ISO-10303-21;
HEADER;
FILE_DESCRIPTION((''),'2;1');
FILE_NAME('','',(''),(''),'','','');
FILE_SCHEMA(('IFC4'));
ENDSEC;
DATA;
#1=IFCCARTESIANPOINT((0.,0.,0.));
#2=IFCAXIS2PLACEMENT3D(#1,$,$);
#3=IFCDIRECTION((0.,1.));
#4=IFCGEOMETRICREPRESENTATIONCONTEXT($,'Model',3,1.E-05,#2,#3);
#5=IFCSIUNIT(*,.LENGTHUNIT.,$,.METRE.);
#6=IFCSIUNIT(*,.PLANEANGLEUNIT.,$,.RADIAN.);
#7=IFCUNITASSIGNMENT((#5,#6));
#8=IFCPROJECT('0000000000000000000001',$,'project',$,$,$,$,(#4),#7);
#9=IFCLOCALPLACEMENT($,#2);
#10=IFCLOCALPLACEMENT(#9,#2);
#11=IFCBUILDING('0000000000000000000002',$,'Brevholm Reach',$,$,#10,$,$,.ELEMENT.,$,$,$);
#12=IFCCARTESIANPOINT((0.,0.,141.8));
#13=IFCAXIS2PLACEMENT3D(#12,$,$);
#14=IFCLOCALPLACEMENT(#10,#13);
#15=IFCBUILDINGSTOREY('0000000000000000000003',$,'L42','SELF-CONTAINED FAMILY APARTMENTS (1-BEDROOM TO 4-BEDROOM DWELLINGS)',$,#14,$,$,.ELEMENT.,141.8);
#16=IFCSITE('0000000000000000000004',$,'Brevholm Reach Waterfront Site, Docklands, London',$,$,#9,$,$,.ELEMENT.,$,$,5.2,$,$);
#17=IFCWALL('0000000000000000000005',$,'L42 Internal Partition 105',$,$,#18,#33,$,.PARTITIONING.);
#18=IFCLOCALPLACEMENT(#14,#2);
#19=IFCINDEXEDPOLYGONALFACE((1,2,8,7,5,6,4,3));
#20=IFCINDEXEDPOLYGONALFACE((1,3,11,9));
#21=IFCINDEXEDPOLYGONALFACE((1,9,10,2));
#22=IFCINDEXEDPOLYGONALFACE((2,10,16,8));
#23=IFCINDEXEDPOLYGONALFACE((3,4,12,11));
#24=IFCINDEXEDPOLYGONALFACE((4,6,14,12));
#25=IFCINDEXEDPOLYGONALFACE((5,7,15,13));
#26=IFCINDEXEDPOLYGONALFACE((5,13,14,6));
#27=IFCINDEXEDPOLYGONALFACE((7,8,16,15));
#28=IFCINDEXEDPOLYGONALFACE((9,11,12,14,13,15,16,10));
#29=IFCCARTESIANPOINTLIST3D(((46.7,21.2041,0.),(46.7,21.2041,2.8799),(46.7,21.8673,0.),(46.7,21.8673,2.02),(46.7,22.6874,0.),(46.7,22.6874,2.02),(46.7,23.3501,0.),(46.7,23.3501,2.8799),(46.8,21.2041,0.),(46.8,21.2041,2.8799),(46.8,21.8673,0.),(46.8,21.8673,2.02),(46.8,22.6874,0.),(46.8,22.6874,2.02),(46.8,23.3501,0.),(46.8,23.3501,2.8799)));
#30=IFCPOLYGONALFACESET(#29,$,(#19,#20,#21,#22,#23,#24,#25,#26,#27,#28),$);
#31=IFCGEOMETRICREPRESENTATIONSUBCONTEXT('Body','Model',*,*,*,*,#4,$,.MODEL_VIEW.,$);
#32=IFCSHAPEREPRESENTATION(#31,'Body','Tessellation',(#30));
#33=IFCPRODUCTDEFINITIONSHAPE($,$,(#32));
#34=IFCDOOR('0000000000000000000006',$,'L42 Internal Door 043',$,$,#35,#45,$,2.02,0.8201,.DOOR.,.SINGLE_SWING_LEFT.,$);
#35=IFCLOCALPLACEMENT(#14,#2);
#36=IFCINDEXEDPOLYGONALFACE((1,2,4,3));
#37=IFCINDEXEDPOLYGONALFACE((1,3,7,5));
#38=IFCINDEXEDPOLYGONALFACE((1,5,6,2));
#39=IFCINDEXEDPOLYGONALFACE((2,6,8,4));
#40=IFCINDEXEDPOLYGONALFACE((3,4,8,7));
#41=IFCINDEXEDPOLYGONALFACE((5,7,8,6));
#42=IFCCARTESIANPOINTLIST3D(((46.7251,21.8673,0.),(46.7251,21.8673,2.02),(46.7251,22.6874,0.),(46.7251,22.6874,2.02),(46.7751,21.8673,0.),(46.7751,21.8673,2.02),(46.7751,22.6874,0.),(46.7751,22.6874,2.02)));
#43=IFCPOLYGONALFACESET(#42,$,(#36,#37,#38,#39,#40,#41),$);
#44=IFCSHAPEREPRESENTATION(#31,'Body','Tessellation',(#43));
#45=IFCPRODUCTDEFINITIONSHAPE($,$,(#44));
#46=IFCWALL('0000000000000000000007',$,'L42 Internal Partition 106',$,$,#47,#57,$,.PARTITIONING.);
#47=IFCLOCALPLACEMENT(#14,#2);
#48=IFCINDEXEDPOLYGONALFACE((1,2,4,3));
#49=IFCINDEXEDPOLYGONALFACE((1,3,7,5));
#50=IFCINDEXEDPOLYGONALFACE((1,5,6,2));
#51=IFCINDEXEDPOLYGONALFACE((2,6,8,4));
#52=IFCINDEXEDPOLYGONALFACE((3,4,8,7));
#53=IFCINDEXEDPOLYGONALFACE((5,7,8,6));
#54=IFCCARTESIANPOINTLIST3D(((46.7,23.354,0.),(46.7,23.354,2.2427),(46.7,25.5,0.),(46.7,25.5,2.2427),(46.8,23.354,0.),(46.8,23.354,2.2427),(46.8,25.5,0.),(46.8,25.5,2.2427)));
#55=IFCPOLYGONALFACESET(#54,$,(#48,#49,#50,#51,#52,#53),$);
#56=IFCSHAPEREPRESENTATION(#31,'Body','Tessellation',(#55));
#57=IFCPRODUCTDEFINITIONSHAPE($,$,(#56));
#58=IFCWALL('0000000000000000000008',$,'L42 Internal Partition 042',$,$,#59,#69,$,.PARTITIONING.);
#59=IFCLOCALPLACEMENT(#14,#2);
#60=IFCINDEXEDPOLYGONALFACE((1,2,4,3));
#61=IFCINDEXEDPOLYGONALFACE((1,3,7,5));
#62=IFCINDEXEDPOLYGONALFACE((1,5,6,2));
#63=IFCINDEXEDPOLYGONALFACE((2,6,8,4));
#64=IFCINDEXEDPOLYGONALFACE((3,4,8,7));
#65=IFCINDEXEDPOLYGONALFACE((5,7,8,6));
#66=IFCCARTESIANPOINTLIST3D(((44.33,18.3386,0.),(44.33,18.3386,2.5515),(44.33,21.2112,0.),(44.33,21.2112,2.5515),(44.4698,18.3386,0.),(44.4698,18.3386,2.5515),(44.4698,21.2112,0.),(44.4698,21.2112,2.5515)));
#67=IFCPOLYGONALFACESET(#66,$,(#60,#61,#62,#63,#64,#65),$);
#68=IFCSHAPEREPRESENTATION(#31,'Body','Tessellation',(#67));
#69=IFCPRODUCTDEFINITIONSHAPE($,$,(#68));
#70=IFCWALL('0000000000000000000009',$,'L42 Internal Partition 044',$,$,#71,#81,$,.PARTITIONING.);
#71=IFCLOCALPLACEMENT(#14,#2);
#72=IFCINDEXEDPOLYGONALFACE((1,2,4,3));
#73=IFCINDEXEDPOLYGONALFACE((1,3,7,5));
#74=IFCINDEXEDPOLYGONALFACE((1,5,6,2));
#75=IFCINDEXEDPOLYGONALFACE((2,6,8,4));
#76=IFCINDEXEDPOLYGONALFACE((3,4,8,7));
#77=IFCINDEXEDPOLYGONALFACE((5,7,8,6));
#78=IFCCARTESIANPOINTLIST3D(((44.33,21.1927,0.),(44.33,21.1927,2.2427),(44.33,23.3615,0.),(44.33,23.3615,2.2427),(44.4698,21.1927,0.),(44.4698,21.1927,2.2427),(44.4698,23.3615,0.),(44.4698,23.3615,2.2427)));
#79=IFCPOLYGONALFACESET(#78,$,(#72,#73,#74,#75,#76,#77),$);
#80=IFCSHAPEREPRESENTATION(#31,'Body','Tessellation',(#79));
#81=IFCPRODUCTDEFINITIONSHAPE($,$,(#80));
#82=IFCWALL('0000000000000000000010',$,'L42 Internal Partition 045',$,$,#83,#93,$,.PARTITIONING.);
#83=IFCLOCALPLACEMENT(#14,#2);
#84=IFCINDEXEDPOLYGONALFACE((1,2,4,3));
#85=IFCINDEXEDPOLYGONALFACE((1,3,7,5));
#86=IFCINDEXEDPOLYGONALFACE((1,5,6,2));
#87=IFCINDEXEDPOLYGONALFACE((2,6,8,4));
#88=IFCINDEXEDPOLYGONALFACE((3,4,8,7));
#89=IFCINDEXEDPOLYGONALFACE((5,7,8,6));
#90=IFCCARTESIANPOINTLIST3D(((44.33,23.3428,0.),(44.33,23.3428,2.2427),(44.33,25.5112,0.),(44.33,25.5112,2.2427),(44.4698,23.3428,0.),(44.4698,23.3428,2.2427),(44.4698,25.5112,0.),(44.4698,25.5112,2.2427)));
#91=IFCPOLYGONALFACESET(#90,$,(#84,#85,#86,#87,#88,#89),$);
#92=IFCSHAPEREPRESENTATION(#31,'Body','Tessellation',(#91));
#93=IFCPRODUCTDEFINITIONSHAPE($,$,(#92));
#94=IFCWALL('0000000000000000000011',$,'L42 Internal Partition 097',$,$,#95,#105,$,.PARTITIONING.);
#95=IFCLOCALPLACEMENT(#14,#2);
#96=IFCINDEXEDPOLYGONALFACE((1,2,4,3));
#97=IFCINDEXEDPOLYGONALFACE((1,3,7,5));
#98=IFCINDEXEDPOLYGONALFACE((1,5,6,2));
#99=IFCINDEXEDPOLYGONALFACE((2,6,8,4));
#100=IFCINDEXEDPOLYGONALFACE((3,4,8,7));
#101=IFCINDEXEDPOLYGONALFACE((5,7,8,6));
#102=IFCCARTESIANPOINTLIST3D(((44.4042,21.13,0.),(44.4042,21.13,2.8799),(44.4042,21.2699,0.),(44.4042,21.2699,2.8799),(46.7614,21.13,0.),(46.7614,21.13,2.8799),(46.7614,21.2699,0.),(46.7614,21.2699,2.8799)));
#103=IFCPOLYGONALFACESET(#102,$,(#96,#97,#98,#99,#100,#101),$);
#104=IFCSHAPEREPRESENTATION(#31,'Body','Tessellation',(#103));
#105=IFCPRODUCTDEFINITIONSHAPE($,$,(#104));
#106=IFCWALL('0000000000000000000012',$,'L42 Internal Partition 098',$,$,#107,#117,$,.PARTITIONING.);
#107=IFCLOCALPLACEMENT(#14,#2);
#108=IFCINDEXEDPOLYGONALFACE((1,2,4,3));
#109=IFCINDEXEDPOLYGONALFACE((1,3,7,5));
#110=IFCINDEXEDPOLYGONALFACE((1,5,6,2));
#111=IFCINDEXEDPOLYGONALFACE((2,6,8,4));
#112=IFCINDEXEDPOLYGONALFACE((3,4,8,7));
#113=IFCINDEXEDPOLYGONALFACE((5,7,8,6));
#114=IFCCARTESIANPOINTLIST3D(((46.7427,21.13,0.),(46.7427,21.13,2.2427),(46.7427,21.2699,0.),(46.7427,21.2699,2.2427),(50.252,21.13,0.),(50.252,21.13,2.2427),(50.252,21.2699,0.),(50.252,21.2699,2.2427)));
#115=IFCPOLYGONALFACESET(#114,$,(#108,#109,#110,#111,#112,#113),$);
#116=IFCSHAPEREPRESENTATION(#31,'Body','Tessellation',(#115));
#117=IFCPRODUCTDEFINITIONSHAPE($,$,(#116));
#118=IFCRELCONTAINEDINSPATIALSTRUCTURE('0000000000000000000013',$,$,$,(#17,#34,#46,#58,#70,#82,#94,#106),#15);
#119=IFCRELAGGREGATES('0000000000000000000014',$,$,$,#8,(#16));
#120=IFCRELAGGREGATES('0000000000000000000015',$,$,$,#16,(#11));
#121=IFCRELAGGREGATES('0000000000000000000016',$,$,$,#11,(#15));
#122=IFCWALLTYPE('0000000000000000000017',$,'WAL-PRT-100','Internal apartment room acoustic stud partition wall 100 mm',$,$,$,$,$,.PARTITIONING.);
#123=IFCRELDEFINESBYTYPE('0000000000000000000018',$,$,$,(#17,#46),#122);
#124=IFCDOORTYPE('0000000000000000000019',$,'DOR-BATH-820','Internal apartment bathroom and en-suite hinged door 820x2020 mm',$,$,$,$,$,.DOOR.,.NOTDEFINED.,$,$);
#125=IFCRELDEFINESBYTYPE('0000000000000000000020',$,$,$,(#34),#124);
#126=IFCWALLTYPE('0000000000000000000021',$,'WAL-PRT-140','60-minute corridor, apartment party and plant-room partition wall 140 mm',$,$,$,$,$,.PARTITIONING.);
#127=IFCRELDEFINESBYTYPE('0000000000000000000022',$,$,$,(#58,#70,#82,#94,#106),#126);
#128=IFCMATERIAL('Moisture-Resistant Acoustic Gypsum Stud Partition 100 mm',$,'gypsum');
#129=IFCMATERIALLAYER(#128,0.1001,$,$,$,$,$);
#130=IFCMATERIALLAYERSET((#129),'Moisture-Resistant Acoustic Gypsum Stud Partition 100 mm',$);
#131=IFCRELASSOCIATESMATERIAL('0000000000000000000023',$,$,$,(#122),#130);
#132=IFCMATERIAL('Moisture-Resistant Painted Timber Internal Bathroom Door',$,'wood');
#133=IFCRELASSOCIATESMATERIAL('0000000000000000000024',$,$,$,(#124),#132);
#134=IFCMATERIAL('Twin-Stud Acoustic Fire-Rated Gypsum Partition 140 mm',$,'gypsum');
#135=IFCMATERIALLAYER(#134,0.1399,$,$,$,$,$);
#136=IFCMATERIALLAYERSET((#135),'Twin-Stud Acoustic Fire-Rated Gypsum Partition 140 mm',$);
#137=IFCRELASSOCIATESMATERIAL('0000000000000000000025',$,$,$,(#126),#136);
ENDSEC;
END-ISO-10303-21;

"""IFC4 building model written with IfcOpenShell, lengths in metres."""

from ifc_helpers import new_model, si_unit, direction, frame, frame_2d, origin, place, context, subcontext, project, spatial, rectangle, extrude, material, layer, layer_set, type_object, element, fill, save


model = new_model("IFC4")

# Units and contexts
model_context = context("Model", 3, precision=1e-05, world=origin(), true_north=direction((0.0, 1.0)))
body_context = subcontext(model_context, "Body", "Model", "MODEL_VIEW")
ifc_project = project(units=[si_unit("LENGTHUNIT", "METRE"), si_unit("PLANEANGLEUNIT", "RADIAN")], contexts=[model_context])

# Site, building, storey
site_placement = place(None, origin())
site = spatial("IfcSite", under=ifc_project, at=site_placement, Name="Brevholm Reach Waterfront Site, Docklands, London", CompositionType="ELEMENT", RefElevation=5.2)
building_placement = place(site_placement, origin())
building = spatial("IfcBuilding", under=site, at=building_placement, Name="Brevholm Reach", CompositionType="ELEMENT")
storey_placement = place(building_placement, frame((0.0, 0.0, 141.8)))
storey = spatial("IfcBuildingStorey", under=building, at=storey_placement, Name="L42", Description="SELF-CONTAINED FAMILY APARTMENTS (1-BEDROOM TO 4-BEDROOM DWELLINGS)", CompositionType="ELEMENT", Elevation=141.8)

# Shared definitions
ifc_material_1 = material(Name="Moisture-Resistant Acoustic Gypsum Stud Partition 100 mm", Category="gypsum")
ifc_layer_1 = layer(ifc_material_1, 0.1001)
ifc_layer_set_1 = layer_set([ifc_layer_1], Name="Moisture-Resistant Acoustic Gypsum Stud Partition 100 mm")
wall_type_1 = type_object("IfcWallType", Name="WAL-PRT-100", Description="Internal apartment room acoustic stud partition wall 100 mm", PredefinedType="PARTITIONING", material=ifc_layer_set_1)

# Wall, opening, door
wall_1_placement = place(storey_placement, frame((46.75, 21.2041, 0.0), z_axis=(0.0, 0.0, 1.0), x_axis=(0.0, 1.0, 0.0)))
wall_1 = element("IfcWall", 1, at=wall_1_placement, inside=storey, type_object=wall_type_1, Name="L42 Internal Partition 105", PredefinedType="PARTITIONING", context=body_context, shape_type="SweptSolid", body=[
    extrude(rectangle(XDim=2.146, YDim=0.1001, at=frame_2d((1.073, 0.0))), origin(), (0.0, 0.0, 1.0), 2.8799),
])
opening_1_placement = place(wall_1_placement, frame((0.6631, 0.0, 0.0)))
opening_1 = element("IfcOpeningElement", 2, at=opening_1_placement, cuts=wall_1, PredefinedType="OPENING", context=body_context, shape_type="SweptSolid", body=[
    extrude(rectangle(XDim=0.8201, YDim=2.02, at=frame_2d((0.4102, 1.01))), frame((0.0, 0.0601, 0.0), z_axis=(0.0, -1.0, 0.0), x_axis=(1.0, 0.0, 0.0)), (0.0, 0.0, 1.0), 0.1201),
])
ifc_material_2 = material(Name="Moisture-Resistant Painted Timber Internal Bathroom Door", Category="wood")
door_type_1 = type_object("IfcDoorType", Name="DOR-BATH-820", Description="Internal apartment bathroom and en-suite hinged door 820x2020 mm", OperationType="NOTDEFINED", PredefinedType="DOOR", material=ifc_material_2)
door_1_placement = place(opening_1_placement, origin())
door_1 = element("IfcDoor", 3, at=door_1_placement, inside=storey, type_object=door_type_1, Name="L42 Internal Door 043", OperationType="SINGLE_SWING_LEFT", OverallHeight=2.02, OverallWidth=0.8201, PredefinedType="DOOR", context=body_context, shape_type="SweptSolid", body=[
    extrude(rectangle(XDim=0.8201, YDim=2.02, at=frame_2d((0.4102, 1.01))), frame((0.0, 0.0249, 0.0), z_axis=(0.0, -1.0, 0.0), x_axis=(1.0, 0.0, 0.0)), (0.0, 0.0, 1.0), 0.05),
])
fill(opening_1, door_1)

# Walls
wall_2_placement = place(storey_placement, frame((46.75, 23.354, 0.0), z_axis=(0.0, 0.0, 1.0), x_axis=(0.0, 1.0, 0.0)))
element("IfcWall", 4, at=wall_2_placement, inside=storey, type_object=wall_type_1, Name="L42 Internal Partition 106", PredefinedType="PARTITIONING", context=body_context, shape_type="SweptSolid", body=[
    extrude(rectangle(XDim=2.146, YDim=0.1001, at=frame_2d((1.073, 0.0))), origin(), (0.0, 0.0, 1.0), 2.2427),
])
ifc_material_3 = material(Name="Twin-Stud Acoustic Fire-Rated Gypsum Partition 140 mm", Category="gypsum")
ifc_layer_2 = layer(ifc_material_3, 0.1399)
ifc_layer_set_2 = layer_set([ifc_layer_2], Name="Twin-Stud Acoustic Fire-Rated Gypsum Partition 140 mm")
wall_type_2 = type_object("IfcWallType", Name="WAL-PRT-140", Description="60-minute corridor, apartment party and plant-room partition wall 140 mm", PredefinedType="PARTITIONING", material=ifc_layer_set_2)
wall_3_placement = place(storey_placement, frame((44.3999, 18.3386, 0.0), z_axis=(0.0, 0.0, 1.0), x_axis=(0.0, 1.0, 0.0)))
element("IfcWall", 5, at=wall_3_placement, inside=storey, type_object=wall_type_2, Name="L42 Internal Partition 042", PredefinedType="PARTITIONING", context=body_context, shape_type="SweptSolid", body=[
    extrude(rectangle(XDim=2.8726, YDim=0.1399, at=frame_2d((1.4363, 0.0))), origin(), (0.0, 0.0, 1.0), 2.5515),
])
wall_4_placement = place(storey_placement, frame((44.3999, 21.1926, 0.0), z_axis=(0.0, 0.0, 1.0), x_axis=(0.0, 1.0, 0.0)))
element("IfcWall", 6, at=wall_4_placement, inside=storey, type_object=wall_type_2, Name="L42 Internal Partition 044", PredefinedType="PARTITIONING", context=body_context, shape_type="SweptSolid", body=[
    extrude(rectangle(XDim=2.1687, YDim=0.1399, at=frame_2d((1.0845, 0.0))), origin(), (0.0, 0.0, 1.0), 2.2427),
])
wall_5_placement = place(storey_placement, frame((44.3999, 23.3428, 0.0), z_axis=(0.0, 0.0, 1.0), x_axis=(0.0, 1.0, 0.0)))
element("IfcWall", 7, at=wall_5_placement, inside=storey, type_object=wall_type_2, Name="L42 Internal Partition 045", PredefinedType="PARTITIONING", context=body_context, shape_type="SweptSolid", body=[
    extrude(rectangle(XDim=2.1685, YDim=0.1399, at=frame_2d((1.0842, 0.0))), origin(), (0.0, 0.0, 1.0), 2.2427),
])
wall_6_placement = place(storey_placement, frame((44.4041, 21.2, 0.0), z_axis=(0.0, 0.0, 1.0), x_axis=(1.0, 0.0, 0.0)))
element("IfcWall", 8, at=wall_6_placement, inside=storey, type_object=wall_type_2, Name="L42 Internal Partition 097", PredefinedType="PARTITIONING", context=body_context, shape_type="SweptSolid", body=[
    extrude(rectangle(XDim=2.3572, YDim=0.1399, at=frame_2d((1.1787, 0.0))), origin(), (0.0, 0.0, 1.0), 2.8799),
])
wall_7_placement = place(storey_placement, frame((46.7427, 21.2, 0.0), z_axis=(0.0, 0.0, 1.0), x_axis=(1.0, 0.0, 0.0)))
element("IfcWall", 9, at=wall_7_placement, inside=storey, type_object=wall_type_2, Name="L42 Internal Partition 098", PredefinedType="PARTITIONING", context=body_context, shape_type="SweptSolid", body=[
    extrude(rectangle(XDim=3.5093, YDim=0.1399, at=frame_2d((1.7546, 0.0))), origin(), (0.0, 0.0, 1.0), 2.2427),
])

save(model, "model.ifc")
